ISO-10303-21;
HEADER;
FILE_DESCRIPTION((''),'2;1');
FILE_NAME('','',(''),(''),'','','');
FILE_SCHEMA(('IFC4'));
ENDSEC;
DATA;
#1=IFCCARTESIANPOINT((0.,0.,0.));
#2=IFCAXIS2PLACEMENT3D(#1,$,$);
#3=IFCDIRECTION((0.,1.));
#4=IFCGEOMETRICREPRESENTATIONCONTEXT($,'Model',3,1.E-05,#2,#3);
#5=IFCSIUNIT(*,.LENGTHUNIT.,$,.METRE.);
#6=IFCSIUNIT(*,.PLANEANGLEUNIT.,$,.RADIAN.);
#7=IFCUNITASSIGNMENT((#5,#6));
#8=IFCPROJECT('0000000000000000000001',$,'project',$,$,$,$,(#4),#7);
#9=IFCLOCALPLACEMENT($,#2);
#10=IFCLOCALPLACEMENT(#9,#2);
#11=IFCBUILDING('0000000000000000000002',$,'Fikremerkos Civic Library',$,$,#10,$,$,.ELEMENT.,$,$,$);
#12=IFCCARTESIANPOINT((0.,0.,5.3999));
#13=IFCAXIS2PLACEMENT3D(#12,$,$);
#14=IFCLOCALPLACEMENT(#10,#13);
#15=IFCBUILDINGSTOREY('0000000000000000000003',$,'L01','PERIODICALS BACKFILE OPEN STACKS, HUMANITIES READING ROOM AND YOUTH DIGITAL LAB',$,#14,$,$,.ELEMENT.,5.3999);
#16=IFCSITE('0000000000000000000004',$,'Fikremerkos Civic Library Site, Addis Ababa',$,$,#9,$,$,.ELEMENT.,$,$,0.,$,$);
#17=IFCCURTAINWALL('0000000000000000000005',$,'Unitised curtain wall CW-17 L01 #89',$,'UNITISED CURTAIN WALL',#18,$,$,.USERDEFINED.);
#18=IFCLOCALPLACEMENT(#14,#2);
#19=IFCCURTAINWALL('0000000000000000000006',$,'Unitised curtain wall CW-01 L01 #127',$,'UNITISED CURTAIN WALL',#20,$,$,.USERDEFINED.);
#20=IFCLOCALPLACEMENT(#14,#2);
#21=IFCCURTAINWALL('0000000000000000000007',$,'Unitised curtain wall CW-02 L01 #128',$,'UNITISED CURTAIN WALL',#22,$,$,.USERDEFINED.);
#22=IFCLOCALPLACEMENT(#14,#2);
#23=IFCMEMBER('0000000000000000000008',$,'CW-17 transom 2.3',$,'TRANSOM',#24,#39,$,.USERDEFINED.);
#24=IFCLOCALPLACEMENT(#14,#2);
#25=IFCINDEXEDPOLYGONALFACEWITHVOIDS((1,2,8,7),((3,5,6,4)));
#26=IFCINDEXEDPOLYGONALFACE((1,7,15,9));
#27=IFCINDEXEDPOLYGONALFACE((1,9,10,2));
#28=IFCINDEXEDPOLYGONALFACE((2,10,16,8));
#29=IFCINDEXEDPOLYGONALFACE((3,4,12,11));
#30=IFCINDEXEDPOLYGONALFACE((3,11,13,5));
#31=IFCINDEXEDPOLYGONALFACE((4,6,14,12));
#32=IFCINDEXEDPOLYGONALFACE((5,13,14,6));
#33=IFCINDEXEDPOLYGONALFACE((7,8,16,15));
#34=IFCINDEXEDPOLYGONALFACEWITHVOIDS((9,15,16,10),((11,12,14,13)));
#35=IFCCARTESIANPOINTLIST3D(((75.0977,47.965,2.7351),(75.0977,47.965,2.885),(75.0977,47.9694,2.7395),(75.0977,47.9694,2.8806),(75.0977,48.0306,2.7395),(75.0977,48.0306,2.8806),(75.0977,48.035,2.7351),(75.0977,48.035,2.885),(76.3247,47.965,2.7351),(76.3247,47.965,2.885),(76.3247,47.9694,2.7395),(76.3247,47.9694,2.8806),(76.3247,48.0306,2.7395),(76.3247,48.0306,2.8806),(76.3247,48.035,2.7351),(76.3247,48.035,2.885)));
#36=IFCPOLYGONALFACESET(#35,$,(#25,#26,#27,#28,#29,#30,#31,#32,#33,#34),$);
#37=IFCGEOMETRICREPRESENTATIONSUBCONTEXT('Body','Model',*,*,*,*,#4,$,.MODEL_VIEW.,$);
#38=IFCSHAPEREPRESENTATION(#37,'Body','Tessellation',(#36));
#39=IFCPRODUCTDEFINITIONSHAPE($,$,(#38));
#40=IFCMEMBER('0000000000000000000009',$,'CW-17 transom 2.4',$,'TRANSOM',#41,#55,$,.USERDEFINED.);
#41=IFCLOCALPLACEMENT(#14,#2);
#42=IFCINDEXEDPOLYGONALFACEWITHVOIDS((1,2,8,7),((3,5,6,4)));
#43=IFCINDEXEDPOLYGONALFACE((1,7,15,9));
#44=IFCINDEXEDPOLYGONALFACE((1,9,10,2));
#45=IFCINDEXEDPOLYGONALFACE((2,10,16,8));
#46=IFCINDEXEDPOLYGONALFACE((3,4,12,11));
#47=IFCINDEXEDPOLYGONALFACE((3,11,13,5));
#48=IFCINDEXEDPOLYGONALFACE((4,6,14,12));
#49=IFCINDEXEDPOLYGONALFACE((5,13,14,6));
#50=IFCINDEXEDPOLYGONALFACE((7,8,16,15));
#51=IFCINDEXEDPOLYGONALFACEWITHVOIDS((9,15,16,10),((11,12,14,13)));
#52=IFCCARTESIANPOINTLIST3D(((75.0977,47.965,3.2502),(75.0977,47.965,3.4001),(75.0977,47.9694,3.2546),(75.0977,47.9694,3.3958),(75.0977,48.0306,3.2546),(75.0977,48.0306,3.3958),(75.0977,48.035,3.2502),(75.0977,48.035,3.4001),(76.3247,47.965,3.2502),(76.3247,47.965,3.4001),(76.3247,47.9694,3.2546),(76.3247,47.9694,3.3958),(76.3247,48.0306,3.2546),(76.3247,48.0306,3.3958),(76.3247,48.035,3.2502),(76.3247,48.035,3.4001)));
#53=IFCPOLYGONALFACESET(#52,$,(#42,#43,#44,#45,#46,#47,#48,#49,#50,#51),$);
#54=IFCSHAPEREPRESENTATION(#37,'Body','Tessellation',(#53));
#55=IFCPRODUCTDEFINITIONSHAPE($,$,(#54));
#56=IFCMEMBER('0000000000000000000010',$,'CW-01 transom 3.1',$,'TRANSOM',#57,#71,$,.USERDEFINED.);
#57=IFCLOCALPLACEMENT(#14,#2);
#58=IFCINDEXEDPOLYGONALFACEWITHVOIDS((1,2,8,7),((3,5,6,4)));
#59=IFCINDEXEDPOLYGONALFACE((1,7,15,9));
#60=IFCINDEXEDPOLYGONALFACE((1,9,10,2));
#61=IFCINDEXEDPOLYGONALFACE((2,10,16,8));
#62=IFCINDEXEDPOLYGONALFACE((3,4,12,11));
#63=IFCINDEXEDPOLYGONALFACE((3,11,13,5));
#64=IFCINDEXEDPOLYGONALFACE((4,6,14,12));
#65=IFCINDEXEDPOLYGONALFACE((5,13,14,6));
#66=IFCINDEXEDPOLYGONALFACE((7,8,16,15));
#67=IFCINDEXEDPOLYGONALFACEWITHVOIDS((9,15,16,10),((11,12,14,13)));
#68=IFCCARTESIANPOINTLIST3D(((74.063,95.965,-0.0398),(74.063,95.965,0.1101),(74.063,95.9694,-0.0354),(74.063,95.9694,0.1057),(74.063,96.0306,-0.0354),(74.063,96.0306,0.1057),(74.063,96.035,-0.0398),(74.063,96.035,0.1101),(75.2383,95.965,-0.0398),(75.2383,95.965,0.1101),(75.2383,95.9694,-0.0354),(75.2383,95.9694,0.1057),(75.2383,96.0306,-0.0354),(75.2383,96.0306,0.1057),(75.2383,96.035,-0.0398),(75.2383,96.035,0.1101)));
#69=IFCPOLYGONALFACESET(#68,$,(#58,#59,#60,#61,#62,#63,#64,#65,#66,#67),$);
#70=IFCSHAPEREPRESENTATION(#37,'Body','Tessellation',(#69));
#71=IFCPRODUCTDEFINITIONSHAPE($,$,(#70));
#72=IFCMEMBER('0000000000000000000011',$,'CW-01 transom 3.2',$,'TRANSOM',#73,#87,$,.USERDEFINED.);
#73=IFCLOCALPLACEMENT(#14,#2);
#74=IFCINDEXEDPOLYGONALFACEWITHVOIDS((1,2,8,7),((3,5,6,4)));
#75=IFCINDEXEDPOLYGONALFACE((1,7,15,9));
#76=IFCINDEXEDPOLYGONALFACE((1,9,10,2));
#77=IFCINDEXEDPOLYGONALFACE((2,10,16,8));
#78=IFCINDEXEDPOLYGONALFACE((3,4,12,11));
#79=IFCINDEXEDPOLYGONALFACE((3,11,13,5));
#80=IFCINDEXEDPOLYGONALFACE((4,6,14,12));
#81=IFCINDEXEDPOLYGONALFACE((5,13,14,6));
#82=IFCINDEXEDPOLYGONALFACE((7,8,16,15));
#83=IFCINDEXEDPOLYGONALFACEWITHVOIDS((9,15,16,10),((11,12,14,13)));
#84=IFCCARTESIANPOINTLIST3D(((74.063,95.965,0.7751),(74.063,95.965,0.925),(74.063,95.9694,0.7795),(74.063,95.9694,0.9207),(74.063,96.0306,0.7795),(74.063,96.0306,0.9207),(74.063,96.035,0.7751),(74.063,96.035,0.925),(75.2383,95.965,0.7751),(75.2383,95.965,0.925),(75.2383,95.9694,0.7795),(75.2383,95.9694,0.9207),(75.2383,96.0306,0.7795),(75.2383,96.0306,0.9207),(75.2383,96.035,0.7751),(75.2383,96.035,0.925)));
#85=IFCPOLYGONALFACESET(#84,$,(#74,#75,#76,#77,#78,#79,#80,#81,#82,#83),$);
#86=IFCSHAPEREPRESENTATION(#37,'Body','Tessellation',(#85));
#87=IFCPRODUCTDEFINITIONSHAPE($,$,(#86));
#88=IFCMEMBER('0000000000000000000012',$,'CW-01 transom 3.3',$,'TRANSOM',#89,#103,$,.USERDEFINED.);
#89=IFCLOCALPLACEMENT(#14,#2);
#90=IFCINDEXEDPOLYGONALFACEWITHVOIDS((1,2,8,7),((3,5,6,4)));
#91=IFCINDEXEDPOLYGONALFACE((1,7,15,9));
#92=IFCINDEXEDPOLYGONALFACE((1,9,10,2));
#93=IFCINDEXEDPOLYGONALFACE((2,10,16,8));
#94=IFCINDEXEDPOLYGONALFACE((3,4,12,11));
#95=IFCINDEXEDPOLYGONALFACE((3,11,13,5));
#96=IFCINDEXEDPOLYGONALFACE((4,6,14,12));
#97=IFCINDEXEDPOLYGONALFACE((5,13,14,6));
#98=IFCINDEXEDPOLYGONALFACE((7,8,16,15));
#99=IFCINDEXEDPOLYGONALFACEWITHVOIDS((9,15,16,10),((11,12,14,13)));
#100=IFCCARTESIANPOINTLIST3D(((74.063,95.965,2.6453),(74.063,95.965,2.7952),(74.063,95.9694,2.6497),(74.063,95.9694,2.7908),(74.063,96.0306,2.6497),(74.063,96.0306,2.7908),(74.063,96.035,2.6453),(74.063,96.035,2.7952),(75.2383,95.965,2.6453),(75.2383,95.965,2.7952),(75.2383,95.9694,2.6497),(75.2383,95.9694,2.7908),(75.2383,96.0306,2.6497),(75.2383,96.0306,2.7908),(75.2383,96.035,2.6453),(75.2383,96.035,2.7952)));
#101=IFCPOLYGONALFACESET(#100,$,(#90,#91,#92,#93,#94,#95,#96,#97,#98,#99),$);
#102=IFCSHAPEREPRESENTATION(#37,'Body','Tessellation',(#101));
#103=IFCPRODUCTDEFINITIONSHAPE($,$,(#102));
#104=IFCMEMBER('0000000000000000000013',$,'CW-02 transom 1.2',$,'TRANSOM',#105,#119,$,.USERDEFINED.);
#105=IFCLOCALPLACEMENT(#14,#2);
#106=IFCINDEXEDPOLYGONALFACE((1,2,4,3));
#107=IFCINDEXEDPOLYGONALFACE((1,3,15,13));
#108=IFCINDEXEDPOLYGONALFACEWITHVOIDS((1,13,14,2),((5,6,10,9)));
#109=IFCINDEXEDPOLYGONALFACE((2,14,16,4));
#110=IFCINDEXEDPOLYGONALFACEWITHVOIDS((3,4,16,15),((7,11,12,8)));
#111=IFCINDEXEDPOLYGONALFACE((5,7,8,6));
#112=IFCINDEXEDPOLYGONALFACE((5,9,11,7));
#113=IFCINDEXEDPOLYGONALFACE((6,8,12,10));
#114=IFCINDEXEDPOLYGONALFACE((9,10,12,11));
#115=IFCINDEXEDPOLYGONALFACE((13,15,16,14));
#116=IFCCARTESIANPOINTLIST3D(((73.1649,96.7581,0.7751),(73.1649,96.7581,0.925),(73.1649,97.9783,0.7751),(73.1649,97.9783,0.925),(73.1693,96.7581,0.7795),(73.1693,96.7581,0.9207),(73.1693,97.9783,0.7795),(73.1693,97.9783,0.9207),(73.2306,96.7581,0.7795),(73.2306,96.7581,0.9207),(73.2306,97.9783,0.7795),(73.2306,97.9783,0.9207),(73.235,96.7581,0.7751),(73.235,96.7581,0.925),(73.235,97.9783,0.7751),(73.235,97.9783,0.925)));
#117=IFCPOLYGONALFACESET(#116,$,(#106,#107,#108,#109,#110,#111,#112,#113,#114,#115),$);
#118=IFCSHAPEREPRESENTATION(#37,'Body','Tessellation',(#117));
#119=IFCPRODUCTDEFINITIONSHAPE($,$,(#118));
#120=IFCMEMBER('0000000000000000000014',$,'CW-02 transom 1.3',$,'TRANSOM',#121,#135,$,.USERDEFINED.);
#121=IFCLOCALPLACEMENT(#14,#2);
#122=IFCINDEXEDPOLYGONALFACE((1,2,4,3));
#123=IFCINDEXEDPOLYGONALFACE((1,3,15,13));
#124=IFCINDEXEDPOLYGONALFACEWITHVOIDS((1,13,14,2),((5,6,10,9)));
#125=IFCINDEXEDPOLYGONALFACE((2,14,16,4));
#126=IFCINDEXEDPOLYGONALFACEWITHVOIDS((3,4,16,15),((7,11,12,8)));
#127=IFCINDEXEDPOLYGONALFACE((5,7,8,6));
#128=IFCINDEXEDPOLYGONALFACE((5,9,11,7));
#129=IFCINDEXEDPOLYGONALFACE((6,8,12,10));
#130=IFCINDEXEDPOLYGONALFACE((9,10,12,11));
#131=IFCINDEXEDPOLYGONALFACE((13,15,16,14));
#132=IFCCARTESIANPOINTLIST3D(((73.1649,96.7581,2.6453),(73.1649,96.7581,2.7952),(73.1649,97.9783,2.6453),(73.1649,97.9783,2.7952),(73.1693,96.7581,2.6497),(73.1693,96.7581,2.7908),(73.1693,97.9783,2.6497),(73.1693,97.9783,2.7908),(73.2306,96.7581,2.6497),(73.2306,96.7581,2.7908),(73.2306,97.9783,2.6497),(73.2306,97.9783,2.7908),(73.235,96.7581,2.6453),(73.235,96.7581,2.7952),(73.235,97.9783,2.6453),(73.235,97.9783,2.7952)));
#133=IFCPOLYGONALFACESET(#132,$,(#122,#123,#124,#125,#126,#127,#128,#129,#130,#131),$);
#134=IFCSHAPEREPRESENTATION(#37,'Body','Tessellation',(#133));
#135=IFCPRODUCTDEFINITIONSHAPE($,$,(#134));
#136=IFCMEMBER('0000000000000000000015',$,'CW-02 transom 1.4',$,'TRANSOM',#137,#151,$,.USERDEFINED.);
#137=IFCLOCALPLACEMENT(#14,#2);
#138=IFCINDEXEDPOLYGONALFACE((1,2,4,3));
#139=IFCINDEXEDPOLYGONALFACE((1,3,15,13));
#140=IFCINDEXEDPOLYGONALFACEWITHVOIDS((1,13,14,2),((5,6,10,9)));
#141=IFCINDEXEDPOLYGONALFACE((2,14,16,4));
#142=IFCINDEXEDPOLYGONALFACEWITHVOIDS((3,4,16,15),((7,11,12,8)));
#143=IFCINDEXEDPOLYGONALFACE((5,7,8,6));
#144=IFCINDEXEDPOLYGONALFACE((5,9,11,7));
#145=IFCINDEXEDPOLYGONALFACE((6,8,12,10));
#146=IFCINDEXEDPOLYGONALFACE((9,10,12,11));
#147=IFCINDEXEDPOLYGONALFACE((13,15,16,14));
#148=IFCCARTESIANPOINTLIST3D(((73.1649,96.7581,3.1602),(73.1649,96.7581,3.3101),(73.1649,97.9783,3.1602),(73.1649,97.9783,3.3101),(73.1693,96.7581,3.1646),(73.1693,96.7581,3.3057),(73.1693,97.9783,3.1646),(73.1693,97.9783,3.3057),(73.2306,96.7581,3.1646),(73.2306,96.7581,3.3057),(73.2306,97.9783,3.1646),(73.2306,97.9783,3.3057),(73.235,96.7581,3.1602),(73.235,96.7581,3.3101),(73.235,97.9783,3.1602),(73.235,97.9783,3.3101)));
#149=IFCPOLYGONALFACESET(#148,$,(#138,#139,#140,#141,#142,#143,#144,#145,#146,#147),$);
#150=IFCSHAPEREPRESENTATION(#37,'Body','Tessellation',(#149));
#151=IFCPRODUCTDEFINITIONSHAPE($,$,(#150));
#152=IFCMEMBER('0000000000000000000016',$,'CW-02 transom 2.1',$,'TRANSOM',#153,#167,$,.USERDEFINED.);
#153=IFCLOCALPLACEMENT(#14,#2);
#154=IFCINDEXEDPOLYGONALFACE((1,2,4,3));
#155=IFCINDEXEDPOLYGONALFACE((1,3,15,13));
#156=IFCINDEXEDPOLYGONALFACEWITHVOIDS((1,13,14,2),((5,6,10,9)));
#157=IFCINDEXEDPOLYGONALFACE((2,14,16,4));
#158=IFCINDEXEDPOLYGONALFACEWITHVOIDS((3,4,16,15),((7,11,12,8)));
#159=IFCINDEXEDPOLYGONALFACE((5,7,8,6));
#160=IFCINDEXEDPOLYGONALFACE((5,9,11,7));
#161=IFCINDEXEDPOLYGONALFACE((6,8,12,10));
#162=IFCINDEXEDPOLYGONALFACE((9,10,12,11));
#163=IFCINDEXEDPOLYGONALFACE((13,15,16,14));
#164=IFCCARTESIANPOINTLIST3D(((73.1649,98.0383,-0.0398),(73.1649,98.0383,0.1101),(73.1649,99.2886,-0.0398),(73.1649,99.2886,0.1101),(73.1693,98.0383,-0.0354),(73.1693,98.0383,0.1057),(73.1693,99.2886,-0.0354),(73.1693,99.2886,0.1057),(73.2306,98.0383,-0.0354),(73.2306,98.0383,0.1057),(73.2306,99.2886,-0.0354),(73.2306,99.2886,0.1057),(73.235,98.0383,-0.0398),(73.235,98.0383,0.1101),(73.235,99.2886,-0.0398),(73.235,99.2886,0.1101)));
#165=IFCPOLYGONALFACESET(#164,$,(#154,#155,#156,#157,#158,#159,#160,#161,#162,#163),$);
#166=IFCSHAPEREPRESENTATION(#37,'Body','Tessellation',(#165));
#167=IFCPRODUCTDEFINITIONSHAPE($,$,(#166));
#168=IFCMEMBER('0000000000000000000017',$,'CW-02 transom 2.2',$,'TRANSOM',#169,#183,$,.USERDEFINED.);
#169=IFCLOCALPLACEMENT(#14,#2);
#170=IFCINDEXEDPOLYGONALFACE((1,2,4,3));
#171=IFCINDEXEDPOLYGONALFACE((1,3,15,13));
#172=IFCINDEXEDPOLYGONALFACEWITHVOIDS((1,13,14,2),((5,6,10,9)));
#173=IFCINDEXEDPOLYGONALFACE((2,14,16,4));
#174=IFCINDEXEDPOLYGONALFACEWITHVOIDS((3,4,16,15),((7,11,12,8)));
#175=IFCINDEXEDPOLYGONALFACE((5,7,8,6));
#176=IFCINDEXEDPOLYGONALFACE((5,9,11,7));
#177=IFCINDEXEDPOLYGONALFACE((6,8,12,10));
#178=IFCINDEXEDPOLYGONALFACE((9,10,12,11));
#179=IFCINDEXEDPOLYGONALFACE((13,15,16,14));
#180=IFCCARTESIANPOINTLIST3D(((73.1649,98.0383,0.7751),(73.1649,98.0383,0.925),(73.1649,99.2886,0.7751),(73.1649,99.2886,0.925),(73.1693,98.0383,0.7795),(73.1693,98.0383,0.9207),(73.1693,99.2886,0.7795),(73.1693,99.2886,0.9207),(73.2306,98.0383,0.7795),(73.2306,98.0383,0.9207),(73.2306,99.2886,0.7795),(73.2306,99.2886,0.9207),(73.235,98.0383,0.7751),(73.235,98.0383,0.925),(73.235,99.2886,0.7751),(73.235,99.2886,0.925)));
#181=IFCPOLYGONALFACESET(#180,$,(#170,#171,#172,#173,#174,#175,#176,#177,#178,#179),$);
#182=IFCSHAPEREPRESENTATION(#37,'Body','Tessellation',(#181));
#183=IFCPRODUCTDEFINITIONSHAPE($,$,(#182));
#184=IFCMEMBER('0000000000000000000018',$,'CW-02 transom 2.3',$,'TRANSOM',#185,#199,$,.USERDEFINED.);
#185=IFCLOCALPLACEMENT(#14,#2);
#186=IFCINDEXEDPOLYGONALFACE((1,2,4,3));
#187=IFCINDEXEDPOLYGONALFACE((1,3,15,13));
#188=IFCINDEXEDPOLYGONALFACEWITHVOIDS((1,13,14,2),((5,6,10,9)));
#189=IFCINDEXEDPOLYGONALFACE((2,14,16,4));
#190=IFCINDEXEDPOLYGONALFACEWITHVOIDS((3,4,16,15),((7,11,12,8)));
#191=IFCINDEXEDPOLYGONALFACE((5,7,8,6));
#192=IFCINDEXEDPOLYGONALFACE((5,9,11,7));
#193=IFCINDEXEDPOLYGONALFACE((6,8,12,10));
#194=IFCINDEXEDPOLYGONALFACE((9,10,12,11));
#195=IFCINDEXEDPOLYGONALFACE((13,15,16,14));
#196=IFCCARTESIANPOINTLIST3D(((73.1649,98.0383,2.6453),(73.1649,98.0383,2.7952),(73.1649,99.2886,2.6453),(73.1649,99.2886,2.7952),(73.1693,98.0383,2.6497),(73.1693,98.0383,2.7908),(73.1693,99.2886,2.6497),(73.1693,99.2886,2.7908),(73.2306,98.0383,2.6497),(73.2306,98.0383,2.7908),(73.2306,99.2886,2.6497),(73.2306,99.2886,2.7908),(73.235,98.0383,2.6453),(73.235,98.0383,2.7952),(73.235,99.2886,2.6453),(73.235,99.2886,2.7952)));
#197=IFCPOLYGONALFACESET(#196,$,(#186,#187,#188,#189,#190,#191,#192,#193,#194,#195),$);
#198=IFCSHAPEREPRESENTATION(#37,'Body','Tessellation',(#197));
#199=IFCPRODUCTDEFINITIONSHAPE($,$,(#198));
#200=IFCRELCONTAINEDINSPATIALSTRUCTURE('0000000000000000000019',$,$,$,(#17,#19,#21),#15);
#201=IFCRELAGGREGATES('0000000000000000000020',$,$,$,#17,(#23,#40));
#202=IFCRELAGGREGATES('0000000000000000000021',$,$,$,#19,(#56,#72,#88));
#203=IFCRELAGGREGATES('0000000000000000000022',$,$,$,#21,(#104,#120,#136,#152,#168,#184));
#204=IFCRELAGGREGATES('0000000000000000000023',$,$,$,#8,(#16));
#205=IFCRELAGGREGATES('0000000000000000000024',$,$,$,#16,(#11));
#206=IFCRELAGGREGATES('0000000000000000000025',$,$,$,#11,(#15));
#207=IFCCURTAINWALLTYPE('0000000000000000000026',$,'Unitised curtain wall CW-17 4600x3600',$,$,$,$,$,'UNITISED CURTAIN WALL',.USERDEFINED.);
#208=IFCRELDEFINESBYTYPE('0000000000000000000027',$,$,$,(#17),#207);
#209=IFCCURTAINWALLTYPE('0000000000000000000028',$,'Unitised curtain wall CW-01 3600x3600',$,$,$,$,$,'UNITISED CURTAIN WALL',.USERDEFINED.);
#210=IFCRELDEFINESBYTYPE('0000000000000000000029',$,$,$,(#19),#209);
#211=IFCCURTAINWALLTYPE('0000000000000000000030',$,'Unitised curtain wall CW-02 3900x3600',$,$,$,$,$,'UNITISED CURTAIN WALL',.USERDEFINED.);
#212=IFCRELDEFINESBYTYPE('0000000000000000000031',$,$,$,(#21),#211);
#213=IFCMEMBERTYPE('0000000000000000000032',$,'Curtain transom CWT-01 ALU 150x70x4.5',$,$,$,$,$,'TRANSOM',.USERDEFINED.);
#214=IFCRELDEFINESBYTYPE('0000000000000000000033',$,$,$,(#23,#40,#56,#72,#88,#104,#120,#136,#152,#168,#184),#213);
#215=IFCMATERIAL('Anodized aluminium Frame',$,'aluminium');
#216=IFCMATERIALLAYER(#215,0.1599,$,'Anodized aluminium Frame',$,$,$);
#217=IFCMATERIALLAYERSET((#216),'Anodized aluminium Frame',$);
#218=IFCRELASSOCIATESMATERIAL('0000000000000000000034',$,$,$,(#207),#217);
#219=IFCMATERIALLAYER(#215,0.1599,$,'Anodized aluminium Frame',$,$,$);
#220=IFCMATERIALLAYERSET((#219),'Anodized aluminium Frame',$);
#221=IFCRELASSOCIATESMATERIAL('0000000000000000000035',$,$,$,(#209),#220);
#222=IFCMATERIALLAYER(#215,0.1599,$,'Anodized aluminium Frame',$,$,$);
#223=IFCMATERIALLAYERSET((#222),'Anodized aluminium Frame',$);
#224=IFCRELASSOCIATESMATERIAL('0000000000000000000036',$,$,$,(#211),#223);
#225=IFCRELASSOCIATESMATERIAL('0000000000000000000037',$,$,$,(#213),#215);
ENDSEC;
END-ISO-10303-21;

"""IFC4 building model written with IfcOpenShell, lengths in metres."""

from ifc_helpers import new_model, si_unit, direction, frame, origin, origin_2d, place, context, subcontext, project, spatial, hollow_rectangle, extrude, material, layer, layer_set, material_profile, profile_set, type_object, element, aggregate, save


model = new_model("IFC4")

# Units and contexts
model_context = context("Model", 3, precision=1e-05, world=origin(), true_north=direction((0.0, 1.0)))
body_context = subcontext(model_context, "Body", "Model", "MODEL_VIEW")
ifc_project = project(units=[si_unit("LENGTHUNIT", "METRE"), si_unit("PLANEANGLEUNIT", "RADIAN")], contexts=[model_context])

# Site, building, storey
site_placement = place(None, origin())
site = spatial("IfcSite", under=ifc_project, at=site_placement, Name="Fikremerkos Civic Library Site, Addis Ababa", CompositionType="ELEMENT", RefElevation=0.0)
building_placement = place(site_placement, origin())
building = spatial("IfcBuilding", under=site, at=building_placement, Name="Fikremerkos Civic Library", CompositionType="ELEMENT")
storey_placement = place(building_placement, frame((0.0, 0.0, 5.3999)))
storey = spatial("IfcBuildingStorey", under=building, at=storey_placement, Name="L01", Description="PERIODICALS BACKFILE OPEN STACKS, HUMANITIES READING ROOM AND YOUTH DIGITAL LAB", CompositionType="ELEMENT", Elevation=5.3999)

# Curtain wall
ifc_material_1 = material(Name="Anodized aluminium Frame", Category="aluminium")
ifc_layer_1 = layer(ifc_material_1, 0.1599, Name="Anodized aluminium Frame")
ifc_layer_set_1 = layer_set([ifc_layer_1], Name="Anodized aluminium Frame")
curtain_wall_type_1 = type_object("IfcCurtainWallType", Name="Unitised curtain wall CW-17 4600x3600", ElementType="UNITISED CURTAIN WALL", PredefinedType="USERDEFINED", material=ifc_layer_set_1)
curtain_wall_1_placement = place(storey_placement, origin())
curtain_wall_1 = element("IfcCurtainWall", 1, at=curtain_wall_1_placement, inside=storey, type_object=curtain_wall_type_1, Name="Unitised curtain wall CW-17 L01 #89", ObjectType="UNITISED CURTAIN WALL", PredefinedType="USERDEFINED")

# Curtain wall
ifc_layer_2 = layer(ifc_material_1, 0.1599, Name="Anodized aluminium Frame")
ifc_layer_set_2 = layer_set([ifc_layer_2], Name="Anodized aluminium Frame")
curtain_wall_type_2 = type_object("IfcCurtainWallType", Name="Unitised curtain wall CW-01 3600x3600", ElementType="UNITISED CURTAIN WALL", PredefinedType="USERDEFINED", material=ifc_layer_set_2)
curtain_wall_2_placement = place(storey_placement, origin())
curtain_wall_2 = element("IfcCurtainWall", 2, at=curtain_wall_2_placement, inside=storey, type_object=curtain_wall_type_2, Name="Unitised curtain wall CW-01 L01 #127", ObjectType="UNITISED CURTAIN WALL", PredefinedType="USERDEFINED")

# Curtain wall
ifc_layer_3 = layer(ifc_material_1, 0.1599, Name="Anodized aluminium Frame")
ifc_layer_set_3 = layer_set([ifc_layer_3], Name="Anodized aluminium Frame")
curtain_wall_type_3 = type_object("IfcCurtainWallType", Name="Unitised curtain wall CW-02 3900x3600", ElementType="UNITISED CURTAIN WALL", PredefinedType="USERDEFINED", material=ifc_layer_set_3)
curtain_wall_3_placement = place(storey_placement, origin())
curtain_wall_3 = element("IfcCurtainWall", 3, at=curtain_wall_3_placement, inside=storey, type_object=curtain_wall_type_3, Name="Unitised curtain wall CW-02 L01 #128", ObjectType="UNITISED CURTAIN WALL", PredefinedType="USERDEFINED")

# Members
ifc_material_profile_1 = material_profile(ifc_material_1, hollow_rectangle(XDim=0.0701, YDim=0.1499, WallThickness=0.0044, at=origin_2d()), Name="ALU 150x70x4.5")
ifc_profile_set_1 = profile_set([ifc_material_profile_1], Name="Anodized aluminium Frame")
member_type_1 = type_object("IfcMemberType", Name="Curtain transom CWT-01 ALU 150x70x4.5", ElementType="TRANSOM", PredefinedType="USERDEFINED", material=ifc_profile_set_1)
member_1_placement = place(storey_placement, frame((75.0977, 48.0, 2.8101), z_axis=(1.0, 0.0, 0.0), x_axis=(0.0, 1.0, 0.0)))
member_1 = element("IfcMember", 4, at=member_1_placement, type_object=member_type_1, Name="CW-17 transom 2.3", ObjectType="TRANSOM", PredefinedType="USERDEFINED", context=body_context, shape_type="SweptSolid", body=[
    extrude(hollow_rectangle(XDim=0.0701, YDim=0.1499, WallThickness=0.0044, at=origin_2d()), origin(), (0.0, 0.0, 1.0), 1.2271),
])
member_2_placement = place(storey_placement, frame((75.0977, 48.0, 3.3252), z_axis=(1.0, 0.0, 0.0), x_axis=(0.0, 1.0, 0.0)))
member_2 = element("IfcMember", 5, at=member_2_placement, type_object=member_type_1, Name="CW-17 transom 2.4", ObjectType="TRANSOM", PredefinedType="USERDEFINED", context=body_context, shape_type="SweptSolid", body=[
    extrude(hollow_rectangle(XDim=0.0701, YDim=0.1499, WallThickness=0.0044, at=origin_2d()), origin(), (0.0, 0.0, 1.0), 1.2271),
])
member_3_placement = place(storey_placement, frame((75.2383, 96.0, 0.0352), z_axis=(-1.0, 0.0, 0.0), x_axis=(0.0, -1.0, 0.0)))
member_3 = element("IfcMember", 6, at=member_3_placement, type_object=member_type_1, Name="CW-01 transom 3.1", ObjectType="TRANSOM", PredefinedType="USERDEFINED", context=body_context, shape_type="SweptSolid", body=[
    extrude(hollow_rectangle(XDim=0.0701, YDim=0.1499, WallThickness=0.0044, at=origin_2d()), origin(), (0.0, 0.0, 1.0), 1.1753),
])
member_4_placement = place(storey_placement, frame((75.2383, 96.0, 0.8501), z_axis=(-1.0, 0.0, 0.0), x_axis=(0.0, -1.0, 0.0)))
member_4 = element("IfcMember", 7, at=member_4_placement, type_object=member_type_1, Name="CW-01 transom 3.2", ObjectType="TRANSOM", PredefinedType="USERDEFINED", context=body_context, shape_type="SweptSolid", body=[
    extrude(hollow_rectangle(XDim=0.0701, YDim=0.1499, WallThickness=0.0044, at=origin_2d()), origin(), (0.0, 0.0, 1.0), 1.1753),
])
member_5_placement = place(storey_placement, frame((75.2383, 96.0, 2.7202), z_axis=(-1.0, 0.0, 0.0), x_axis=(0.0, -1.0, 0.0)))
member_5 = element("IfcMember", 8, at=member_5_placement, type_object=member_type_1, Name="CW-01 transom 3.3", ObjectType="TRANSOM", PredefinedType="USERDEFINED", context=body_context, shape_type="SweptSolid", body=[
    extrude(hollow_rectangle(XDim=0.0701, YDim=0.1499, WallThickness=0.0044, at=origin_2d()), origin(), (0.0, 0.0, 1.0), 1.1753),
])
member_6_placement = place(storey_placement, frame((73.2, 96.7581, 0.8501), z_axis=(0.0, 1.0, 0.0), x_axis=(-1.0, 0.0, 0.0)))
member_6 = element("IfcMember", 9, at=member_6_placement, type_object=member_type_1, Name="CW-02 transom 1.2", ObjectType="TRANSOM", PredefinedType="USERDEFINED", context=body_context, shape_type="SweptSolid", body=[
    extrude(hollow_rectangle(XDim=0.0701, YDim=0.1499, WallThickness=0.0044, at=origin_2d()), origin(), (0.0, 0.0, 1.0), 1.2202),
])
member_7_placement = place(storey_placement, frame((73.2, 96.7581, 2.7202), z_axis=(0.0, 1.0, 0.0), x_axis=(-1.0, 0.0, 0.0)))
member_7 = element("IfcMember", 10, at=member_7_placement, type_object=member_type_1, Name="CW-02 transom 1.3", ObjectType="TRANSOM", PredefinedType="USERDEFINED", context=body_context, shape_type="SweptSolid", body=[
    extrude(hollow_rectangle(XDim=0.0701, YDim=0.1499, WallThickness=0.0044, at=origin_2d()), origin(), (0.0, 0.0, 1.0), 1.2202),
])
member_8_placement = place(storey_placement, frame((73.2, 96.7581, 3.2351), z_axis=(0.0, 1.0, 0.0), x_axis=(-1.0, 0.0, 0.0)))
member_8 = element("IfcMember", 11, at=member_8_placement, type_object=member_type_1, Name="CW-02 transom 1.4", ObjectType="TRANSOM", PredefinedType="USERDEFINED", context=body_context, shape_type="SweptSolid", body=[
    extrude(hollow_rectangle(XDim=0.0701, YDim=0.1499, WallThickness=0.0044, at=origin_2d()), origin(), (0.0, 0.0, 1.0), 1.2202),
])
member_9_placement = place(storey_placement, frame((73.2, 98.0383, 0.0352), z_axis=(0.0, 1.0, 0.0), x_axis=(-1.0, 0.0, 0.0)))
member_9 = element("IfcMember", 12, at=member_9_placement, type_object=member_type_1, Name="CW-02 transom 2.1", ObjectType="TRANSOM", PredefinedType="USERDEFINED", context=body_context, shape_type="SweptSolid", body=[
    extrude(hollow_rectangle(XDim=0.0701, YDim=0.1499, WallThickness=0.0044, at=origin_2d()), origin(), (0.0, 0.0, 1.0), 1.2502),
])
member_10_placement = place(storey_placement, frame((73.2, 98.0383, 0.8501), z_axis=(0.0, 1.0, 0.0), x_axis=(-1.0, 0.0, 0.0)))
member_10 = element("IfcMember", 13, at=member_10_placement, type_object=member_type_1, Name="CW-02 transom 2.2", ObjectType="TRANSOM", PredefinedType="USERDEFINED", context=body_context, shape_type="SweptSolid", body=[
    extrude(hollow_rectangle(XDim=0.0701, YDim=0.1499, WallThickness=0.0044, at=origin_2d()), origin(), (0.0, 0.0, 1.0), 1.2502),
])
member_11_placement = place(storey_placement, frame((73.2, 98.0383, 2.7202), z_axis=(0.0, 1.0, 0.0), x_axis=(-1.0, 0.0, 0.0)))
member_11 = element("IfcMember", 14, at=member_11_placement, type_object=member_type_1, Name="CW-02 transom 2.3", ObjectType="TRANSOM", PredefinedType="USERDEFINED", context=body_context, shape_type="SweptSolid", body=[
    extrude(hollow_rectangle(XDim=0.0701, YDim=0.1499, WallThickness=0.0044, at=origin_2d()), origin(), (0.0, 0.0, 1.0), 1.2502),
])

aggregate(curtain_wall_1, [member_1, member_2])
aggregate(curtain_wall_2, [member_3, member_4, member_5])
aggregate(curtain_wall_3, [member_6, member_7, member_8, member_9, member_10, member_11])

save(model, "model.ifc")
